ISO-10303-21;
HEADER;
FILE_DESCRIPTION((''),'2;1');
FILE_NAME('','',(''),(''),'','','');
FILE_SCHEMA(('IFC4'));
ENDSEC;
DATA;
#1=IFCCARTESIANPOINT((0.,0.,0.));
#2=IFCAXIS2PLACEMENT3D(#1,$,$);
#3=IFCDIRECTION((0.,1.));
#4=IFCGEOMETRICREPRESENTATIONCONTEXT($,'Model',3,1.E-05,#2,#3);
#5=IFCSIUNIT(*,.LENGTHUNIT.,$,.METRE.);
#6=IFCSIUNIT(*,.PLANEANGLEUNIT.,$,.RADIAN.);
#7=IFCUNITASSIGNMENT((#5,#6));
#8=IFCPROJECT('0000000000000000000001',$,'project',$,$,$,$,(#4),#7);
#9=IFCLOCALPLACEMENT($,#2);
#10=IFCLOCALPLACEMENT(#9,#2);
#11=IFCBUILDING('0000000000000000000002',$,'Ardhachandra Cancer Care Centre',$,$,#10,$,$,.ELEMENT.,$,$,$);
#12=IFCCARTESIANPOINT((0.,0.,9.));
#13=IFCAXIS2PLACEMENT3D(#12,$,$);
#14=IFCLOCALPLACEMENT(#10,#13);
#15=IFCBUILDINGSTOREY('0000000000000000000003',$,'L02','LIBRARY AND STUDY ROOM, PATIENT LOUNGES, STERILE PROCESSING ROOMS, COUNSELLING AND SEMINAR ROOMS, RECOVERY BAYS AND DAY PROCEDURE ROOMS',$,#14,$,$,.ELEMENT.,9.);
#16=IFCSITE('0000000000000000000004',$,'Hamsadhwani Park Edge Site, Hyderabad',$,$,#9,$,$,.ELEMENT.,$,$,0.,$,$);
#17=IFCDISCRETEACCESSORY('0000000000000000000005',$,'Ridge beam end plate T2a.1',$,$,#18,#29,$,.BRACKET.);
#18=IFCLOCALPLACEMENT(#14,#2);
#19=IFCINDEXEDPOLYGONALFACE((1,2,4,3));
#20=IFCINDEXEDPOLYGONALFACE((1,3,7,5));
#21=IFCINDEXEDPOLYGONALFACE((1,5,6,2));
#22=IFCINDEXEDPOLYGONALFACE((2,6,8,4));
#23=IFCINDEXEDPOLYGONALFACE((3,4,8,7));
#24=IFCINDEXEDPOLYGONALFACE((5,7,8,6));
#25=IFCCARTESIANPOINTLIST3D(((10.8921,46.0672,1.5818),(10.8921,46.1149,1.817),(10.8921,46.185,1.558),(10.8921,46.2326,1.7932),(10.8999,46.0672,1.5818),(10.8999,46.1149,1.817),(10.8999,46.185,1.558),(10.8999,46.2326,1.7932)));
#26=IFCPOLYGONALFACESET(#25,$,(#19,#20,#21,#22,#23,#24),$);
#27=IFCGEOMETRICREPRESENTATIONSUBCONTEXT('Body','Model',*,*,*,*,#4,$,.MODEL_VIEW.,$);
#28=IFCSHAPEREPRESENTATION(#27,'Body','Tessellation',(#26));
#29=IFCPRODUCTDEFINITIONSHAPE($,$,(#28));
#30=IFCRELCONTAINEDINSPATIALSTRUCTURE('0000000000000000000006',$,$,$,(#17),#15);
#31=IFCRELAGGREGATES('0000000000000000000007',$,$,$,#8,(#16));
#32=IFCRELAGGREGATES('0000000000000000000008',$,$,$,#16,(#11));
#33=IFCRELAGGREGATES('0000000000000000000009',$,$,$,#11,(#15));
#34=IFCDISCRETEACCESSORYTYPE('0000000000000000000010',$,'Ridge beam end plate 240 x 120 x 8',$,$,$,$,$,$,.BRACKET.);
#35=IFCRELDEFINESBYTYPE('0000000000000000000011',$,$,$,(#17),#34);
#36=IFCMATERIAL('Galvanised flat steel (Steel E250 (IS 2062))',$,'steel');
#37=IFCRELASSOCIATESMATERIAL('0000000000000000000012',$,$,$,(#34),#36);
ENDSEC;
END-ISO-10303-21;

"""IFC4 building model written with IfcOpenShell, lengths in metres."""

from ifc_helpers import new_model, si_unit, direction, frame, origin, origin_2d, place, context, subcontext, project, spatial, rectangle, extrude, material, material_profile, profile_set, type_object, element, save


model = new_model("IFC4")

# Units and contexts
model_context = context("Model", 3, precision=1e-05, world=origin(), true_north=direction((0.0, 1.0)))
body_context = subcontext(model_context, "Body", "Model", "MODEL_VIEW")
ifc_project = project(units=[si_unit("LENGTHUNIT", "METRE"), si_unit("PLANEANGLEUNIT", "RADIAN")], contexts=[model_context])

# Site, building, storey
site_placement = place(None, origin())
site = spatial("IfcSite", under=ifc_project, at=site_placement, Name="Hamsadhwani Park Edge Site, Hyderabad", CompositionType="ELEMENT", RefElevation=0.0)
building_placement = place(site_placement, origin())
building = spatial("IfcBuilding", under=site, at=building_placement, Name="Ardhachandra Cancer Care Centre", CompositionType="ELEMENT")
storey_placement = place(building_placement, frame((0.0, 0.0, 9.0)))
storey = spatial("IfcBuildingStorey", under=building, at=storey_placement, Name="L02", Description="LIBRARY AND STUDY ROOM, PATIENT LOUNGES, STERILE PROCESSING ROOMS, COUNSELLING AND SEMINAR ROOMS, RECOVERY BAYS AND DAY PROCEDURE ROOMS", CompositionType="ELEMENT", Elevation=9.0)

# Discrete accessory
ifc_material_1 = material(Name="Galvanised flat steel (Steel E250 (IS 2062))", Category="steel")
ifc_material_profile_1 = material_profile(ifc_material_1, rectangle(XDim=0.1201, YDim=0.24, at=origin_2d()), Name="Ridge beam end plate 240 x 120 x 8")
ifc_profile_set_1 = profile_set([ifc_material_profile_1], Name="Galvanised flat steel (Steel E250 (IS 2062))")
discrete_accessory_type_1 = type_object("IfcDiscreteAccessoryType", Name="Ridge beam end plate 240 x 120 x 8", PredefinedType="BRACKET", material=ifc_profile_set_1)
discrete_accessory_placement = place(storey_placement, frame((10.8999, 46.1499, 1.6875), z_axis=(-1.0, 0.0, 0.0), x_axis=(0.0, -0.980107, 0.198472)))
element("IfcDiscreteAccessory", 1, at=discrete_accessory_placement, inside=storey, type_object=discrete_accessory_type_1, Name="Ridge beam end plate T2a.1", PredefinedType="BRACKET", context=body_context, shape_type="SweptSolid", body=[
    extrude(rectangle(XDim=0.1201, YDim=0.24, at=origin_2d()), origin(), (0.0, 0.0, 1.0), 0.0078),
])

save(model, "model.ifc")
